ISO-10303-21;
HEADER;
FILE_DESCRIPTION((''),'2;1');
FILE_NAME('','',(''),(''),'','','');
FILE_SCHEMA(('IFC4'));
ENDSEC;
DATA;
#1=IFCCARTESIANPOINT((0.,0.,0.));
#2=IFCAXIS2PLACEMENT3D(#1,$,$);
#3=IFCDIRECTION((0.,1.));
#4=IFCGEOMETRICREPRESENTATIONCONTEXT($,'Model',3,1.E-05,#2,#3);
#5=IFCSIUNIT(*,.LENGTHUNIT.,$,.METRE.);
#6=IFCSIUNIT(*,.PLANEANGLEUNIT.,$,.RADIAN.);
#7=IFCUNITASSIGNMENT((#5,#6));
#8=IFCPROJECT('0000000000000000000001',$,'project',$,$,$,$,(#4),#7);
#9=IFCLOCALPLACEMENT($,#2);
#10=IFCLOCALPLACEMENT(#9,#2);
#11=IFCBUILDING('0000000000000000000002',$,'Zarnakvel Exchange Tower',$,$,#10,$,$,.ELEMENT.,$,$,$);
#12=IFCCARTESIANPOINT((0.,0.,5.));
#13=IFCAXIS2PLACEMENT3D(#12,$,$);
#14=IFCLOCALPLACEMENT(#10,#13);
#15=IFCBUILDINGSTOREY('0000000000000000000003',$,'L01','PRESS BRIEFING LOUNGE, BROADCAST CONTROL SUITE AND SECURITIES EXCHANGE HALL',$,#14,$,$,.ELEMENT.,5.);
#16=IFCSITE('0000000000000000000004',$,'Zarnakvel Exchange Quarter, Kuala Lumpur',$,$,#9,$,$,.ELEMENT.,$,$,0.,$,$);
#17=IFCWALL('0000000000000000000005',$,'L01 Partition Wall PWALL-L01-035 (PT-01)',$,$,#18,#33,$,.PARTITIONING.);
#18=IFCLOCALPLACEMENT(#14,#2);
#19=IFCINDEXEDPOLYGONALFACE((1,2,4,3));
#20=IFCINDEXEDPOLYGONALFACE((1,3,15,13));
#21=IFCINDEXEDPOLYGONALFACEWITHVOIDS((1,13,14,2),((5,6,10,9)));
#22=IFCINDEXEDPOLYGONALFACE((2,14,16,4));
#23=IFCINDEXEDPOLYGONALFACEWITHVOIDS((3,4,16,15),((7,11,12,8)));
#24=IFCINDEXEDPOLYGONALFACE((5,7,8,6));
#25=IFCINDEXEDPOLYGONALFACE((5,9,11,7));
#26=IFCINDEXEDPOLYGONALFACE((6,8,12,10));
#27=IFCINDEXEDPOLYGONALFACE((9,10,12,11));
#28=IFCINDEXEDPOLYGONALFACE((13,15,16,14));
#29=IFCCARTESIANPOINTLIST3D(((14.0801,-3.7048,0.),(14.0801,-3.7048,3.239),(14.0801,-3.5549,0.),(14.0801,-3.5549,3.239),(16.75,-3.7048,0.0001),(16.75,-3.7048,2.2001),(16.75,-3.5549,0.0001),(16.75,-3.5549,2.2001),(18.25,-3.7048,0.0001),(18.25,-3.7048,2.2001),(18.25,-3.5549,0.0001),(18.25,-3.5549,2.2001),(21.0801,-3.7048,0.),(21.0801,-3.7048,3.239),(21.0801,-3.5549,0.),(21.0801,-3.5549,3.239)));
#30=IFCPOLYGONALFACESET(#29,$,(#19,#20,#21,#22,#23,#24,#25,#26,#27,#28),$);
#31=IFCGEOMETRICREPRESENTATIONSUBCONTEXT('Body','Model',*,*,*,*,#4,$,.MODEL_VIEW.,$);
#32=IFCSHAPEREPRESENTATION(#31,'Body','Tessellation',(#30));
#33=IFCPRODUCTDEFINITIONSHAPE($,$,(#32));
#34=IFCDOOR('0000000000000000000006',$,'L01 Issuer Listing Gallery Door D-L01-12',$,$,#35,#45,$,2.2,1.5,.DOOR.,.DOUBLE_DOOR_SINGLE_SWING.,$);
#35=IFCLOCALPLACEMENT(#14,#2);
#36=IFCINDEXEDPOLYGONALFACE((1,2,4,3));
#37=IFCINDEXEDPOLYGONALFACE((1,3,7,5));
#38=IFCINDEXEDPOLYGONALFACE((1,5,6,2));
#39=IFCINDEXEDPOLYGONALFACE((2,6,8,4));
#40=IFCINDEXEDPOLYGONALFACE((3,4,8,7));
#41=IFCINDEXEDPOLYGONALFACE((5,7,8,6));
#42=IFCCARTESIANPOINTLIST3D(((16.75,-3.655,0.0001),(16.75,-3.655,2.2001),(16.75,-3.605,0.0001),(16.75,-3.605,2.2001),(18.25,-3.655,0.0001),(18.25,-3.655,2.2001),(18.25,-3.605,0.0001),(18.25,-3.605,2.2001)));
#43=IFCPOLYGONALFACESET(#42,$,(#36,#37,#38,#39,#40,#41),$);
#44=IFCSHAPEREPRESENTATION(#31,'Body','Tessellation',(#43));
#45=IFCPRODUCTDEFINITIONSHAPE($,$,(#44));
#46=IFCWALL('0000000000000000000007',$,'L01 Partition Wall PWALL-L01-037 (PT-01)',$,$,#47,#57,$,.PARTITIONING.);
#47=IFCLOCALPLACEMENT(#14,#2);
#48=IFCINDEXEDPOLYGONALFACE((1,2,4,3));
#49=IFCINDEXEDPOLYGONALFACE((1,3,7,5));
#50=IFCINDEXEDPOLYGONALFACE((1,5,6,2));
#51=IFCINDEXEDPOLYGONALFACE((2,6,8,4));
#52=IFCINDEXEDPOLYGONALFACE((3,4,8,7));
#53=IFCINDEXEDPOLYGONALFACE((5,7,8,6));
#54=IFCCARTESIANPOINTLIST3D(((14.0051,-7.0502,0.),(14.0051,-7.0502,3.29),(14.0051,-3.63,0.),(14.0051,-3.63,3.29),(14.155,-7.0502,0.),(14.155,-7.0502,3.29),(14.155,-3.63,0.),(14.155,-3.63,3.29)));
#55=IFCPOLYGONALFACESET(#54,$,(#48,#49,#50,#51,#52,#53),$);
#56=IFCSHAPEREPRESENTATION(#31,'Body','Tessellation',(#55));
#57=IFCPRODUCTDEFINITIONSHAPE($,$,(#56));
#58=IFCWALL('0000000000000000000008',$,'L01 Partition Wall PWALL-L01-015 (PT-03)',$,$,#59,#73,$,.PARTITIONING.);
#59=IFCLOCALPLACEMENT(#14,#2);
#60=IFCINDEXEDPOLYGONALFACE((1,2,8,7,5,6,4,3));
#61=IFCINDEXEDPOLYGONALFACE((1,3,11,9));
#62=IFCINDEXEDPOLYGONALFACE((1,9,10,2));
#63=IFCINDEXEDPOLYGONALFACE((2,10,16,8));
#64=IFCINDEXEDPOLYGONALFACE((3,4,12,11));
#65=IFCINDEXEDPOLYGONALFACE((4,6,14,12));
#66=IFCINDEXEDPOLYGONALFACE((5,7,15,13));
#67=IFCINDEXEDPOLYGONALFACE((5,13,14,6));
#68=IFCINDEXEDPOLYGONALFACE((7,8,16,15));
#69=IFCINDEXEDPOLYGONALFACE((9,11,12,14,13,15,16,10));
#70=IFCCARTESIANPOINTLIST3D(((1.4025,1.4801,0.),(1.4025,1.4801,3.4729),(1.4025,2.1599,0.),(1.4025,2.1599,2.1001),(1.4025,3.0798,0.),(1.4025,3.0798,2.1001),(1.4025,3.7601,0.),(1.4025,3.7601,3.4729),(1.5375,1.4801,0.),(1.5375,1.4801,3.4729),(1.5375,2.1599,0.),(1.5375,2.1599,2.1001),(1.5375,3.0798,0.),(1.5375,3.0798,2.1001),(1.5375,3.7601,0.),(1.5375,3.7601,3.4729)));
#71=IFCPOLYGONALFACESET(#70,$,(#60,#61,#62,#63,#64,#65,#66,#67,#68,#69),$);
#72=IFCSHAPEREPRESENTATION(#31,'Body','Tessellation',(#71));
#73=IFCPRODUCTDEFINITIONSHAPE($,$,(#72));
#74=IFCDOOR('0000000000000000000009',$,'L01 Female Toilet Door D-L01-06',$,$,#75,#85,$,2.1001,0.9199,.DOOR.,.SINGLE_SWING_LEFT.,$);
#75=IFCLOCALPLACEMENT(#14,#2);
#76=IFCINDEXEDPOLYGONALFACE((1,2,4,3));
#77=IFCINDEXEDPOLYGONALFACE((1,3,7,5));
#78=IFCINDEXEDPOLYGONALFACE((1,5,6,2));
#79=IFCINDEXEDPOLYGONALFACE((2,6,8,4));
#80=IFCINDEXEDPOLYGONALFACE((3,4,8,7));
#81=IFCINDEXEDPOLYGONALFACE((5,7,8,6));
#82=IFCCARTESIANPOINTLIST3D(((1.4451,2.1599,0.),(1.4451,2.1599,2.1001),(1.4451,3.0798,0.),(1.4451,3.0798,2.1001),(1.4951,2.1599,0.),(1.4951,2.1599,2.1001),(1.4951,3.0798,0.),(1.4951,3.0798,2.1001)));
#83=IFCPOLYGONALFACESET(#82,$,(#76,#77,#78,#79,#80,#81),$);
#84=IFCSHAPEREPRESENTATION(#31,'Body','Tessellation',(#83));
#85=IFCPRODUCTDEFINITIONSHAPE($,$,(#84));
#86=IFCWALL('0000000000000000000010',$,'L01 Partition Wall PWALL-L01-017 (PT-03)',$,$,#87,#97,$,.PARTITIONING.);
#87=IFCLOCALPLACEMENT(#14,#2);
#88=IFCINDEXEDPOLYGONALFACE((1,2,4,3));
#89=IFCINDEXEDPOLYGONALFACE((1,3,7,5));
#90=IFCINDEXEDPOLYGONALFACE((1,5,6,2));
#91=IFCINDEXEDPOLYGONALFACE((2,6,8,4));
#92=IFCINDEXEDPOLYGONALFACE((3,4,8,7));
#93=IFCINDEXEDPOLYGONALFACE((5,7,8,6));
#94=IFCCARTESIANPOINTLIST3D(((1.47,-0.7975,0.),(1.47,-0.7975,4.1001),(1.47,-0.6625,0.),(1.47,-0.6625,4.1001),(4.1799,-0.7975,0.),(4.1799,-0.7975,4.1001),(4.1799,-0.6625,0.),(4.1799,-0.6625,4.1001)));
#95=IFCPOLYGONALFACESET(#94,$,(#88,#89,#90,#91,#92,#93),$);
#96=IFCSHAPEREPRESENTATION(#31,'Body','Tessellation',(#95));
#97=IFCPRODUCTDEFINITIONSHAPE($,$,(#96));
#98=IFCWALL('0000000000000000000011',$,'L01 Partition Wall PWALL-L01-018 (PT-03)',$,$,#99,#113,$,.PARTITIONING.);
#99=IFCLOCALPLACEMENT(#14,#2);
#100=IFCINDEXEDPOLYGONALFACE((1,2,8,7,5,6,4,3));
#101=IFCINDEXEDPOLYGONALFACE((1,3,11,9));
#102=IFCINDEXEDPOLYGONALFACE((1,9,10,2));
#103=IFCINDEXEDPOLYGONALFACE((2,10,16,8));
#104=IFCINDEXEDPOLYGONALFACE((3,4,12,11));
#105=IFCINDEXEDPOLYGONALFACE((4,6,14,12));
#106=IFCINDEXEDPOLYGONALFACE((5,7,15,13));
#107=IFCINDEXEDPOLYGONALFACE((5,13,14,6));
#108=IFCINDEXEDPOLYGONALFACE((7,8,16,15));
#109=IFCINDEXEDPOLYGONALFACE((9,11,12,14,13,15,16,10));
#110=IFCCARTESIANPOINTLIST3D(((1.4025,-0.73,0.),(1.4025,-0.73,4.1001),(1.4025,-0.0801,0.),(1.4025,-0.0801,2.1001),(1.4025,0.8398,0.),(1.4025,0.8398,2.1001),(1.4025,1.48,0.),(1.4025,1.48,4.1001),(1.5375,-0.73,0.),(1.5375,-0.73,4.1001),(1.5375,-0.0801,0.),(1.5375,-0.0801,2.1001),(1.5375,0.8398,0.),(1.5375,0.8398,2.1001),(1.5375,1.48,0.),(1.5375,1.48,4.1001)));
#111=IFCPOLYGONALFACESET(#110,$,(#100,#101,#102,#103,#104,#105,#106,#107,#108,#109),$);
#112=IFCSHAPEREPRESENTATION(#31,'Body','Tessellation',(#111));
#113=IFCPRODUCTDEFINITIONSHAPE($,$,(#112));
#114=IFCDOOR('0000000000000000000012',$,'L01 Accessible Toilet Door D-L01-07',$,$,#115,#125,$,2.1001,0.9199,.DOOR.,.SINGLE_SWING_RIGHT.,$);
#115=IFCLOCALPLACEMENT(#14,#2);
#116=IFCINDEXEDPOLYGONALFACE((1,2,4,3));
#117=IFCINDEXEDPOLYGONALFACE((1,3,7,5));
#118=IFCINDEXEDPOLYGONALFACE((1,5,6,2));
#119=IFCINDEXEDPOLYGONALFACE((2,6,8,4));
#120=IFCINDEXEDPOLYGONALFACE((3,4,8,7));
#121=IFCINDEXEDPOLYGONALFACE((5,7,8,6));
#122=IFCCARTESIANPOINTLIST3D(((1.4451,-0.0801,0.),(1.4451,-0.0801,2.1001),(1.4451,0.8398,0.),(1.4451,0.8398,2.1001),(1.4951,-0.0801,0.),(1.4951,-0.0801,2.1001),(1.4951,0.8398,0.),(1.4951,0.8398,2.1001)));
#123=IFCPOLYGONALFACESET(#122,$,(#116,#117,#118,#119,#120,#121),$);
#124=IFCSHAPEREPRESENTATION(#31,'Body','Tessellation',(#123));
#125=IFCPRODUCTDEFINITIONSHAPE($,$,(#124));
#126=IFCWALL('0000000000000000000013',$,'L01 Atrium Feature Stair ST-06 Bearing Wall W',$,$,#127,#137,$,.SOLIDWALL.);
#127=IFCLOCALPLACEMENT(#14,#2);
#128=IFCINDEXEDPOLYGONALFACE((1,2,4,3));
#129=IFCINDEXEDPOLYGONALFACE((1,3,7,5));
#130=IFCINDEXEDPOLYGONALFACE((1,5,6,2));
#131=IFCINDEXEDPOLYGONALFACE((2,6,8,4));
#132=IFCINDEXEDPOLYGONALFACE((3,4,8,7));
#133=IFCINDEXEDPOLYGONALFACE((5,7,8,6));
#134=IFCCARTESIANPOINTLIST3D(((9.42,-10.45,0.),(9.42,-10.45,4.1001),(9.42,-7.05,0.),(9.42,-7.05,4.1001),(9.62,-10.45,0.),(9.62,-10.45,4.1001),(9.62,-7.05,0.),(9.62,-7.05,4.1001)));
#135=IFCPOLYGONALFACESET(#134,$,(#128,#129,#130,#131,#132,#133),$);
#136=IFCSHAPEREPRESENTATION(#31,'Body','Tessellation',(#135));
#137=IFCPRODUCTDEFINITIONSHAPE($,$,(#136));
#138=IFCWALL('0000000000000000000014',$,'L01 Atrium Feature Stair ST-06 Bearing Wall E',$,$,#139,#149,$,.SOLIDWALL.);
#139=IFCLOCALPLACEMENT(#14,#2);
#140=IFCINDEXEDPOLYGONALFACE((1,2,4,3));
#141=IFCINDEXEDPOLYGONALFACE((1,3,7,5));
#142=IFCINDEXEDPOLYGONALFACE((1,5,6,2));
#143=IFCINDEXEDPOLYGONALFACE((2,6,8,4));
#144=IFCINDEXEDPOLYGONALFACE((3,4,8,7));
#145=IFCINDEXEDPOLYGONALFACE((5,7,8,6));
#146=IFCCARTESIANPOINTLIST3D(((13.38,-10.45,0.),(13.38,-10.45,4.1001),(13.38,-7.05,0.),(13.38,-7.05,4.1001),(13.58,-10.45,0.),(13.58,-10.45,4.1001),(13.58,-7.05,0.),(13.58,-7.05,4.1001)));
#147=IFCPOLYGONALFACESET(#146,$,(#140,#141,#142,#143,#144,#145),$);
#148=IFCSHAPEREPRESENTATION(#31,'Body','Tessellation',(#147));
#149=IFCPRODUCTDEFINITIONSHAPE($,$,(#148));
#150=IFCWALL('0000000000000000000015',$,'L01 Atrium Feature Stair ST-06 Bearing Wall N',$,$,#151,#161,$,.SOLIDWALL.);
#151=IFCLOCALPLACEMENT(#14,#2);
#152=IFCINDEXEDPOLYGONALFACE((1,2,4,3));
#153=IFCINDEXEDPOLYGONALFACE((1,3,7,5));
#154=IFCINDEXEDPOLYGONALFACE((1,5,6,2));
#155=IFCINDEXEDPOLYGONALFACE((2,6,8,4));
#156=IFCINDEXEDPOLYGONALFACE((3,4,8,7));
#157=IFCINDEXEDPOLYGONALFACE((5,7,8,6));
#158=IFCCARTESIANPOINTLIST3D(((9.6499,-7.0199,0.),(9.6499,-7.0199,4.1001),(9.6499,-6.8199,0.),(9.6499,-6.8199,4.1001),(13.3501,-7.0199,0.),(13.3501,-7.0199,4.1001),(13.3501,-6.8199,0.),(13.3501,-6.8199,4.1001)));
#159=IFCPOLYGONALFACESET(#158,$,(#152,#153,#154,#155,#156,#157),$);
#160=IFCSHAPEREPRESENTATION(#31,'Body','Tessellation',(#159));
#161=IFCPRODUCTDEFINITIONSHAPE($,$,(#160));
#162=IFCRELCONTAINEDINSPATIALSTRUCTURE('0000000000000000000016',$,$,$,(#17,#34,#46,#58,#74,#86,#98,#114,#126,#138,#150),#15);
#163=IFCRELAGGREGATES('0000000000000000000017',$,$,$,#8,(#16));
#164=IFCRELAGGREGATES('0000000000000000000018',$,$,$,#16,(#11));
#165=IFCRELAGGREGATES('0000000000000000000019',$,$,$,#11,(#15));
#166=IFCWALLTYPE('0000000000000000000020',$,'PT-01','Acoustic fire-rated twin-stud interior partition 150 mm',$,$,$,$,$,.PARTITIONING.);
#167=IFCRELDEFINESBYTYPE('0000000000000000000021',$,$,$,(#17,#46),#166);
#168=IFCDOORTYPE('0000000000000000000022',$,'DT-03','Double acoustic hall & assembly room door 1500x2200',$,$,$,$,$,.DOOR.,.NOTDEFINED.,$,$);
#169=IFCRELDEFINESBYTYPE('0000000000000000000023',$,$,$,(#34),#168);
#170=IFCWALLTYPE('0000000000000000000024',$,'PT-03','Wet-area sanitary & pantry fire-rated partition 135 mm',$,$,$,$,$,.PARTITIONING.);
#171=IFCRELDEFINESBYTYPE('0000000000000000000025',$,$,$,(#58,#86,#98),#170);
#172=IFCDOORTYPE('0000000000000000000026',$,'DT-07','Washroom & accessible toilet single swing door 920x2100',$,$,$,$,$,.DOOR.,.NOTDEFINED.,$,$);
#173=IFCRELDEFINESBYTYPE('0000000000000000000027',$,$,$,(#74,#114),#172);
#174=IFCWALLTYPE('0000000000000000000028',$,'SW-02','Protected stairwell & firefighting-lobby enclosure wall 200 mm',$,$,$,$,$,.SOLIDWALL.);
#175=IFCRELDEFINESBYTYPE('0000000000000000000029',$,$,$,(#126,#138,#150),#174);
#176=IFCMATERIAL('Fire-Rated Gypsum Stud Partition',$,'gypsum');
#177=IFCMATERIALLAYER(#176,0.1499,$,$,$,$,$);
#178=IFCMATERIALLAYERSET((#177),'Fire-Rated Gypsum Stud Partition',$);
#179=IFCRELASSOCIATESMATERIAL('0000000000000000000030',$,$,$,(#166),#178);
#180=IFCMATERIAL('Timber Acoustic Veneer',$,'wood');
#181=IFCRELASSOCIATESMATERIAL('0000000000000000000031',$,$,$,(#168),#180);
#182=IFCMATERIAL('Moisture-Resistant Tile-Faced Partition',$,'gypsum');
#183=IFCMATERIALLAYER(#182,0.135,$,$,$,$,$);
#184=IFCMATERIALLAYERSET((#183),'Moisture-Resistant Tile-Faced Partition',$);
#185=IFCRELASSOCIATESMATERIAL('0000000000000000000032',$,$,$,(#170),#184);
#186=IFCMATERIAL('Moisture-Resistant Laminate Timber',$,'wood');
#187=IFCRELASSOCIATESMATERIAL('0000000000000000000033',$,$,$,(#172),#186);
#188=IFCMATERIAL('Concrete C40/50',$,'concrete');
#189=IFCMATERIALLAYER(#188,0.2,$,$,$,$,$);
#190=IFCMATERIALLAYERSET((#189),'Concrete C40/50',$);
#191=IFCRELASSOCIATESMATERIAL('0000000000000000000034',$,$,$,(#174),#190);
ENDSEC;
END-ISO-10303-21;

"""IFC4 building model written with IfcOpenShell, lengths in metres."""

from ifc_helpers import new_model, si_unit, direction, frame, frame_2d, origin, place, context, subcontext, project, spatial, rectangle, extrude, source, transform, mapped, material, layer, layer_set, type_object, element, fill, save


model = new_model("IFC4")

# Units and contexts
model_context = context("Model", 3, precision=1e-05, world=origin(), true_north=direction((0.0, 1.0)))
body_context = subcontext(model_context, "Body", "Model", "MODEL_VIEW")
ifc_project = project(units=[si_unit("LENGTHUNIT", "METRE"), si_unit("PLANEANGLEUNIT", "RADIAN")], contexts=[model_context])

# Site, building, storey
site_placement = place(None, origin())
site = spatial("IfcSite", under=ifc_project, at=site_placement, Name="Zarnakvel Exchange Quarter, Kuala Lumpur", CompositionType="ELEMENT", RefElevation=0.0)
building_placement = place(site_placement, origin())
building = spatial("IfcBuilding", under=site, at=building_placement, Name="Zarnakvel Exchange Tower", CompositionType="ELEMENT")
storey_placement = place(building_placement, frame((0.0, 0.0, 5.0)))
storey = spatial("IfcBuildingStorey", under=building, at=storey_placement, Name="L01", Description="PRESS BRIEFING LOUNGE, BROADCAST CONTROL SUITE AND SECURITIES EXCHANGE HALL", CompositionType="ELEMENT", Elevation=5.0)

# Wall, opening, door
ifc_material_1 = material(Name="Fire-Rated Gypsum Stud Partition", Category="gypsum")
ifc_layer_1 = layer(ifc_material_1, 0.1499)
ifc_layer_set_1 = layer_set([ifc_layer_1], Name="Fire-Rated Gypsum Stud Partition")
wall_type_1 = type_object("IfcWallType", Name="PT-01", Description="Acoustic fire-rated twin-stud interior partition 150 mm", PredefinedType="PARTITIONING", material=ifc_layer_set_1)
wall_1_placement = place(storey_placement, frame((14.0801, -3.6299, 0.0), z_axis=(0.0, 0.0, 1.0), x_axis=(1.0, 0.0, 0.0)))
wall_1 = element("IfcWall", 1, at=wall_1_placement, inside=storey, type_object=wall_type_1, Name="L01 Partition Wall PWALL-L01-035 (PT-01)", PredefinedType="PARTITIONING", context=body_context, shape_type="SweptSolid", body=[
    extrude(rectangle(XDim=7.0, YDim=0.1499, at=frame_2d((3.5, 0.0))), origin(), (0.0, 0.0, 1.0), 3.239),
])
opening_1_placement = place(wall_1_placement, frame((2.6699, 0.0, 0.0)))
opening_1 = element("IfcOpeningElement", 2, at=opening_1_placement, cuts=wall_1, PredefinedType="OPENING", context=body_context, shape_type="SweptSolid", body=[
    extrude(rectangle(XDim=1.5, YDim=2.2, at=frame_2d((0.75, 1.1001))), frame((0.0, 0.085, 0.0), z_axis=(0.0, -1.0, 0.0), x_axis=(1.0, 0.0, 0.0)), (0.0, 0.0, 1.0), 0.1699),
])
ifc_material_2 = material(Name="Timber Acoustic Veneer", Category="wood")
door_type_1 = type_object("IfcDoorType", Name="DT-03", Description="Double acoustic hall & assembly room door 1500x2200", OperationType="NOTDEFINED", PredefinedType="DOOR", material=ifc_material_2)
shared_shape_1 = source(origin(), body_context, "Body", "SweptSolid", [
    extrude(rectangle(XDim=1.5, YDim=2.2, at=frame_2d((0.75, 1.1001))), frame((0.0, 0.0249, 0.0), z_axis=(0.0, -1.0, 0.0), x_axis=(1.0, 0.0, 0.0)), (0.0, 0.0, 1.0), 0.05),
])
door_1_placement = place(opening_1_placement, origin())
door_1 = element("IfcDoor", 3, at=door_1_placement, inside=storey, type_object=door_type_1, Name="L01 Issuer Listing Gallery Door D-L01-12", OperationType="DOUBLE_DOOR_SINGLE_SWING", OverallHeight=2.2, OverallWidth=1.5, PredefinedType="DOOR", context=body_context, shape_type="MappedRepresentation", body=[
    mapped(shared_shape_1, transform((0.0, 0.0, 0.0), x_axis=(1.0, 0.0, 0.0), y_axis=(0.0, 1.0, 0.0), z_axis=(0.0, 0.0, 1.0), scale=1.0)),
])
fill(opening_1, door_1)

# Wall
wall_2_placement = place(storey_placement, frame((14.0801, -7.05, 0.0), z_axis=(0.0, 0.0, 1.0), x_axis=(0.0, 1.0, 0.0)))
element("IfcWall", 4, at=wall_2_placement, inside=storey, type_object=wall_type_1, Name="L01 Partition Wall PWALL-L01-037 (PT-01)", PredefinedType="PARTITIONING", context=body_context, shape_type="SweptSolid", body=[
    extrude(rectangle(XDim=3.4202, YDim=0.1499, at=frame_2d((1.71, 0.0))), origin(), (0.0, 0.0, 1.0), 3.29),
])

# Wall, opening, door
ifc_material_3 = material(Name="Moisture-Resistant Tile-Faced Partition", Category="gypsum")
ifc_layer_2 = layer(ifc_material_3, 0.135)
ifc_layer_set_2 = layer_set([ifc_layer_2], Name="Moisture-Resistant Tile-Faced Partition")
wall_type_2 = type_object("IfcWallType", Name="PT-03", Description="Wet-area sanitary & pantry fire-rated partition 135 mm", PredefinedType="PARTITIONING", material=ifc_layer_set_2)
wall_3_placement = place(storey_placement, frame((1.47, 1.48, 0.0), z_axis=(0.0, 0.0, 1.0), x_axis=(0.0, 1.0, 0.0)))
wall_3 = element("IfcWall", 5, at=wall_3_placement, inside=storey, type_object=wall_type_2, Name="L01 Partition Wall PWALL-L01-015 (PT-03)", PredefinedType="PARTITIONING", context=body_context, shape_type="SweptSolid", body=[
    extrude(rectangle(XDim=2.28, YDim=0.135, at=frame_2d((1.1401, 0.0))), origin(), (0.0, 0.0, 1.0), 3.4729),
])
opening_2_placement = place(wall_3_placement, frame((0.6799, 0.0, 0.0)))
opening_2 = element("IfcOpeningElement", 6, at=opening_2_placement, cuts=wall_3, PredefinedType="OPENING", context=body_context, shape_type="SweptSolid", body=[
    extrude(rectangle(XDim=0.9199, YDim=2.1001, at=frame_2d((0.46, 1.05))), frame((0.0, 0.0774, 0.0), z_axis=(0.0, -1.0, 0.0), x_axis=(1.0, 0.0, 0.0)), (0.0, 0.0, 1.0), 0.155),
])
ifc_material_4 = material(Name="Moisture-Resistant Laminate Timber", Category="wood")
door_type_2 = type_object("IfcDoorType", Name="DT-07", Description="Washroom & accessible toilet single swing door 920x2100", OperationType="NOTDEFINED", PredefinedType="DOOR", material=ifc_material_4)
shared_shape_2 = source(origin(), body_context, "Body", "SweptSolid", [
    extrude(rectangle(XDim=0.9199, YDim=2.1001, at=frame_2d((0.46, 1.05))), frame((0.0, 0.0249, 0.0), z_axis=(0.0, -1.0, 0.0), x_axis=(1.0, 0.0, 0.0)), (0.0, 0.0, 1.0), 0.05),
])
door_2_placement = place(opening_2_placement, origin())
door_2 = element("IfcDoor", 7, at=door_2_placement, inside=storey, type_object=door_type_2, Name="L01 Female Toilet Door D-L01-06", OperationType="SINGLE_SWING_LEFT", OverallHeight=2.1001, OverallWidth=0.9199, PredefinedType="DOOR", context=body_context, shape_type="MappedRepresentation", body=[
    mapped(shared_shape_2, transform((0.0, 0.0, 0.0), x_axis=(1.0, 0.0, 0.0), y_axis=(0.0, 1.0, 0.0), z_axis=(0.0, 0.0, 1.0), scale=1.0)),
])
fill(opening_2, door_2)

# Wall
wall_4_placement = place(storey_placement, frame((4.1799, -0.73, 0.0), z_axis=(0.0, 0.0, 1.0), x_axis=(-1.0, 0.0, 0.0)))
element("IfcWall", 8, at=wall_4_placement, inside=storey, type_object=wall_type_2, Name="L01 Partition Wall PWALL-L01-017 (PT-03)", PredefinedType="PARTITIONING", context=body_context, shape_type="SweptSolid", body=[
    extrude(rectangle(XDim=2.71, YDim=0.135, at=frame_2d((1.355, 0.0))), origin(), (0.0, 0.0, 1.0), 4.1001),
])

# Wall, opening, door
wall_5_placement = place(storey_placement, frame((1.47, -0.73, 0.0), z_axis=(0.0, 0.0, 1.0), x_axis=(0.0, 1.0, 0.0)))
wall_5 = element("IfcWall", 9, at=wall_5_placement, inside=storey, type_object=wall_type_2, Name="L01 Partition Wall PWALL-L01-018 (PT-03)", PredefinedType="PARTITIONING", context=body_context, shape_type="SweptSolid", body=[
    extrude(rectangle(XDim=2.21, YDim=0.135, at=frame_2d((1.105, 0.0))), origin(), (0.0, 0.0, 1.0), 4.1001),
])
opening_3_placement = place(wall_5_placement, frame((0.6499, 0.0, 0.0)))
opening_3 = element("IfcOpeningElement", 10, at=opening_3_placement, cuts=wall_5, PredefinedType="OPENING", context=body_context, shape_type="SweptSolid", body=[
    extrude(rectangle(XDim=0.9199, YDim=2.1001, at=frame_2d((0.46, 1.05))), frame((0.0, 0.0774, 0.0), z_axis=(0.0, -1.0, 0.0), x_axis=(1.0, 0.0, 0.0)), (0.0, 0.0, 1.0), 0.155),
])
door_3_placement = place(opening_3_placement, origin())
door_3 = element("IfcDoor", 11, at=door_3_placement, inside=storey, type_object=door_type_2, Name="L01 Accessible Toilet Door D-L01-07", OperationType="SINGLE_SWING_RIGHT", OverallHeight=2.1001, OverallWidth=0.9199, PredefinedType="DOOR", context=body_context, shape_type="MappedRepresentation", body=[
    mapped(shared_shape_2, transform((0.0, 0.0, 0.0), x_axis=(1.0, 0.0, 0.0), y_axis=(0.0, 1.0, 0.0), z_axis=(0.0, 0.0, 1.0), scale=1.0)),
])
fill(opening_3, door_3)

# Walls
ifc_material_5 = material(Name="Concrete C40/50", Category="concrete")
ifc_layer_3 = layer(ifc_material_5, 0.2)
ifc_layer_set_3 = layer_set([ifc_layer_3], Name="Concrete C40/50")
wall_type_3 = type_object("IfcWallType", Name="SW-02", Description="Protected stairwell & firefighting-lobby enclosure wall 200 mm", PredefinedType="SOLIDWALL", material=ifc_layer_set_3)
for number, where, z_axis, x_axis, name in (
    (12, (9.52, -10.45, 0.0), (0.0, 0.0, 1.0), (0.0, 1.0, 0.0), "L01 Atrium Feature Stair ST-06 Bearing Wall W"),
    (13, (13.48, -7.05, 0.0), (0.0, 0.0, 1.0), (0.0, -1.0, 0.0), "L01 Atrium Feature Stair ST-06 Bearing Wall E"),
):
    element("IfcWall", number, at=place(storey_placement, frame(where, z_axis=z_axis, x_axis=x_axis)), inside=storey, type_object=wall_type_3, Name=name, PredefinedType="SOLIDWALL", context=body_context, shape_type="SweptSolid", body=[
        extrude(rectangle(XDim=3.3999, YDim=0.2, at=frame_2d((1.7, 0.0))), origin(), (0.0, 0.0, 1.0), 4.1001),
    ])
wall_6_placement = place(storey_placement, frame((9.6499, -6.9199, 0.0), z_axis=(0.0, 0.0, 1.0), x_axis=(1.0, 0.0, 0.0)))
element("IfcWall", 14, at=wall_6_placement, inside=storey, type_object=wall_type_3, Name="L01 Atrium Feature Stair ST-06 Bearing Wall N", PredefinedType="SOLIDWALL", context=body_context, shape_type="SweptSolid", body=[
    extrude(rectangle(XDim=3.7002, YDim=0.2, at=frame_2d((1.8501, 0.0))), origin(), (0.0, 0.0, 1.0), 4.1001),
])

save(model, "model.ifc")
